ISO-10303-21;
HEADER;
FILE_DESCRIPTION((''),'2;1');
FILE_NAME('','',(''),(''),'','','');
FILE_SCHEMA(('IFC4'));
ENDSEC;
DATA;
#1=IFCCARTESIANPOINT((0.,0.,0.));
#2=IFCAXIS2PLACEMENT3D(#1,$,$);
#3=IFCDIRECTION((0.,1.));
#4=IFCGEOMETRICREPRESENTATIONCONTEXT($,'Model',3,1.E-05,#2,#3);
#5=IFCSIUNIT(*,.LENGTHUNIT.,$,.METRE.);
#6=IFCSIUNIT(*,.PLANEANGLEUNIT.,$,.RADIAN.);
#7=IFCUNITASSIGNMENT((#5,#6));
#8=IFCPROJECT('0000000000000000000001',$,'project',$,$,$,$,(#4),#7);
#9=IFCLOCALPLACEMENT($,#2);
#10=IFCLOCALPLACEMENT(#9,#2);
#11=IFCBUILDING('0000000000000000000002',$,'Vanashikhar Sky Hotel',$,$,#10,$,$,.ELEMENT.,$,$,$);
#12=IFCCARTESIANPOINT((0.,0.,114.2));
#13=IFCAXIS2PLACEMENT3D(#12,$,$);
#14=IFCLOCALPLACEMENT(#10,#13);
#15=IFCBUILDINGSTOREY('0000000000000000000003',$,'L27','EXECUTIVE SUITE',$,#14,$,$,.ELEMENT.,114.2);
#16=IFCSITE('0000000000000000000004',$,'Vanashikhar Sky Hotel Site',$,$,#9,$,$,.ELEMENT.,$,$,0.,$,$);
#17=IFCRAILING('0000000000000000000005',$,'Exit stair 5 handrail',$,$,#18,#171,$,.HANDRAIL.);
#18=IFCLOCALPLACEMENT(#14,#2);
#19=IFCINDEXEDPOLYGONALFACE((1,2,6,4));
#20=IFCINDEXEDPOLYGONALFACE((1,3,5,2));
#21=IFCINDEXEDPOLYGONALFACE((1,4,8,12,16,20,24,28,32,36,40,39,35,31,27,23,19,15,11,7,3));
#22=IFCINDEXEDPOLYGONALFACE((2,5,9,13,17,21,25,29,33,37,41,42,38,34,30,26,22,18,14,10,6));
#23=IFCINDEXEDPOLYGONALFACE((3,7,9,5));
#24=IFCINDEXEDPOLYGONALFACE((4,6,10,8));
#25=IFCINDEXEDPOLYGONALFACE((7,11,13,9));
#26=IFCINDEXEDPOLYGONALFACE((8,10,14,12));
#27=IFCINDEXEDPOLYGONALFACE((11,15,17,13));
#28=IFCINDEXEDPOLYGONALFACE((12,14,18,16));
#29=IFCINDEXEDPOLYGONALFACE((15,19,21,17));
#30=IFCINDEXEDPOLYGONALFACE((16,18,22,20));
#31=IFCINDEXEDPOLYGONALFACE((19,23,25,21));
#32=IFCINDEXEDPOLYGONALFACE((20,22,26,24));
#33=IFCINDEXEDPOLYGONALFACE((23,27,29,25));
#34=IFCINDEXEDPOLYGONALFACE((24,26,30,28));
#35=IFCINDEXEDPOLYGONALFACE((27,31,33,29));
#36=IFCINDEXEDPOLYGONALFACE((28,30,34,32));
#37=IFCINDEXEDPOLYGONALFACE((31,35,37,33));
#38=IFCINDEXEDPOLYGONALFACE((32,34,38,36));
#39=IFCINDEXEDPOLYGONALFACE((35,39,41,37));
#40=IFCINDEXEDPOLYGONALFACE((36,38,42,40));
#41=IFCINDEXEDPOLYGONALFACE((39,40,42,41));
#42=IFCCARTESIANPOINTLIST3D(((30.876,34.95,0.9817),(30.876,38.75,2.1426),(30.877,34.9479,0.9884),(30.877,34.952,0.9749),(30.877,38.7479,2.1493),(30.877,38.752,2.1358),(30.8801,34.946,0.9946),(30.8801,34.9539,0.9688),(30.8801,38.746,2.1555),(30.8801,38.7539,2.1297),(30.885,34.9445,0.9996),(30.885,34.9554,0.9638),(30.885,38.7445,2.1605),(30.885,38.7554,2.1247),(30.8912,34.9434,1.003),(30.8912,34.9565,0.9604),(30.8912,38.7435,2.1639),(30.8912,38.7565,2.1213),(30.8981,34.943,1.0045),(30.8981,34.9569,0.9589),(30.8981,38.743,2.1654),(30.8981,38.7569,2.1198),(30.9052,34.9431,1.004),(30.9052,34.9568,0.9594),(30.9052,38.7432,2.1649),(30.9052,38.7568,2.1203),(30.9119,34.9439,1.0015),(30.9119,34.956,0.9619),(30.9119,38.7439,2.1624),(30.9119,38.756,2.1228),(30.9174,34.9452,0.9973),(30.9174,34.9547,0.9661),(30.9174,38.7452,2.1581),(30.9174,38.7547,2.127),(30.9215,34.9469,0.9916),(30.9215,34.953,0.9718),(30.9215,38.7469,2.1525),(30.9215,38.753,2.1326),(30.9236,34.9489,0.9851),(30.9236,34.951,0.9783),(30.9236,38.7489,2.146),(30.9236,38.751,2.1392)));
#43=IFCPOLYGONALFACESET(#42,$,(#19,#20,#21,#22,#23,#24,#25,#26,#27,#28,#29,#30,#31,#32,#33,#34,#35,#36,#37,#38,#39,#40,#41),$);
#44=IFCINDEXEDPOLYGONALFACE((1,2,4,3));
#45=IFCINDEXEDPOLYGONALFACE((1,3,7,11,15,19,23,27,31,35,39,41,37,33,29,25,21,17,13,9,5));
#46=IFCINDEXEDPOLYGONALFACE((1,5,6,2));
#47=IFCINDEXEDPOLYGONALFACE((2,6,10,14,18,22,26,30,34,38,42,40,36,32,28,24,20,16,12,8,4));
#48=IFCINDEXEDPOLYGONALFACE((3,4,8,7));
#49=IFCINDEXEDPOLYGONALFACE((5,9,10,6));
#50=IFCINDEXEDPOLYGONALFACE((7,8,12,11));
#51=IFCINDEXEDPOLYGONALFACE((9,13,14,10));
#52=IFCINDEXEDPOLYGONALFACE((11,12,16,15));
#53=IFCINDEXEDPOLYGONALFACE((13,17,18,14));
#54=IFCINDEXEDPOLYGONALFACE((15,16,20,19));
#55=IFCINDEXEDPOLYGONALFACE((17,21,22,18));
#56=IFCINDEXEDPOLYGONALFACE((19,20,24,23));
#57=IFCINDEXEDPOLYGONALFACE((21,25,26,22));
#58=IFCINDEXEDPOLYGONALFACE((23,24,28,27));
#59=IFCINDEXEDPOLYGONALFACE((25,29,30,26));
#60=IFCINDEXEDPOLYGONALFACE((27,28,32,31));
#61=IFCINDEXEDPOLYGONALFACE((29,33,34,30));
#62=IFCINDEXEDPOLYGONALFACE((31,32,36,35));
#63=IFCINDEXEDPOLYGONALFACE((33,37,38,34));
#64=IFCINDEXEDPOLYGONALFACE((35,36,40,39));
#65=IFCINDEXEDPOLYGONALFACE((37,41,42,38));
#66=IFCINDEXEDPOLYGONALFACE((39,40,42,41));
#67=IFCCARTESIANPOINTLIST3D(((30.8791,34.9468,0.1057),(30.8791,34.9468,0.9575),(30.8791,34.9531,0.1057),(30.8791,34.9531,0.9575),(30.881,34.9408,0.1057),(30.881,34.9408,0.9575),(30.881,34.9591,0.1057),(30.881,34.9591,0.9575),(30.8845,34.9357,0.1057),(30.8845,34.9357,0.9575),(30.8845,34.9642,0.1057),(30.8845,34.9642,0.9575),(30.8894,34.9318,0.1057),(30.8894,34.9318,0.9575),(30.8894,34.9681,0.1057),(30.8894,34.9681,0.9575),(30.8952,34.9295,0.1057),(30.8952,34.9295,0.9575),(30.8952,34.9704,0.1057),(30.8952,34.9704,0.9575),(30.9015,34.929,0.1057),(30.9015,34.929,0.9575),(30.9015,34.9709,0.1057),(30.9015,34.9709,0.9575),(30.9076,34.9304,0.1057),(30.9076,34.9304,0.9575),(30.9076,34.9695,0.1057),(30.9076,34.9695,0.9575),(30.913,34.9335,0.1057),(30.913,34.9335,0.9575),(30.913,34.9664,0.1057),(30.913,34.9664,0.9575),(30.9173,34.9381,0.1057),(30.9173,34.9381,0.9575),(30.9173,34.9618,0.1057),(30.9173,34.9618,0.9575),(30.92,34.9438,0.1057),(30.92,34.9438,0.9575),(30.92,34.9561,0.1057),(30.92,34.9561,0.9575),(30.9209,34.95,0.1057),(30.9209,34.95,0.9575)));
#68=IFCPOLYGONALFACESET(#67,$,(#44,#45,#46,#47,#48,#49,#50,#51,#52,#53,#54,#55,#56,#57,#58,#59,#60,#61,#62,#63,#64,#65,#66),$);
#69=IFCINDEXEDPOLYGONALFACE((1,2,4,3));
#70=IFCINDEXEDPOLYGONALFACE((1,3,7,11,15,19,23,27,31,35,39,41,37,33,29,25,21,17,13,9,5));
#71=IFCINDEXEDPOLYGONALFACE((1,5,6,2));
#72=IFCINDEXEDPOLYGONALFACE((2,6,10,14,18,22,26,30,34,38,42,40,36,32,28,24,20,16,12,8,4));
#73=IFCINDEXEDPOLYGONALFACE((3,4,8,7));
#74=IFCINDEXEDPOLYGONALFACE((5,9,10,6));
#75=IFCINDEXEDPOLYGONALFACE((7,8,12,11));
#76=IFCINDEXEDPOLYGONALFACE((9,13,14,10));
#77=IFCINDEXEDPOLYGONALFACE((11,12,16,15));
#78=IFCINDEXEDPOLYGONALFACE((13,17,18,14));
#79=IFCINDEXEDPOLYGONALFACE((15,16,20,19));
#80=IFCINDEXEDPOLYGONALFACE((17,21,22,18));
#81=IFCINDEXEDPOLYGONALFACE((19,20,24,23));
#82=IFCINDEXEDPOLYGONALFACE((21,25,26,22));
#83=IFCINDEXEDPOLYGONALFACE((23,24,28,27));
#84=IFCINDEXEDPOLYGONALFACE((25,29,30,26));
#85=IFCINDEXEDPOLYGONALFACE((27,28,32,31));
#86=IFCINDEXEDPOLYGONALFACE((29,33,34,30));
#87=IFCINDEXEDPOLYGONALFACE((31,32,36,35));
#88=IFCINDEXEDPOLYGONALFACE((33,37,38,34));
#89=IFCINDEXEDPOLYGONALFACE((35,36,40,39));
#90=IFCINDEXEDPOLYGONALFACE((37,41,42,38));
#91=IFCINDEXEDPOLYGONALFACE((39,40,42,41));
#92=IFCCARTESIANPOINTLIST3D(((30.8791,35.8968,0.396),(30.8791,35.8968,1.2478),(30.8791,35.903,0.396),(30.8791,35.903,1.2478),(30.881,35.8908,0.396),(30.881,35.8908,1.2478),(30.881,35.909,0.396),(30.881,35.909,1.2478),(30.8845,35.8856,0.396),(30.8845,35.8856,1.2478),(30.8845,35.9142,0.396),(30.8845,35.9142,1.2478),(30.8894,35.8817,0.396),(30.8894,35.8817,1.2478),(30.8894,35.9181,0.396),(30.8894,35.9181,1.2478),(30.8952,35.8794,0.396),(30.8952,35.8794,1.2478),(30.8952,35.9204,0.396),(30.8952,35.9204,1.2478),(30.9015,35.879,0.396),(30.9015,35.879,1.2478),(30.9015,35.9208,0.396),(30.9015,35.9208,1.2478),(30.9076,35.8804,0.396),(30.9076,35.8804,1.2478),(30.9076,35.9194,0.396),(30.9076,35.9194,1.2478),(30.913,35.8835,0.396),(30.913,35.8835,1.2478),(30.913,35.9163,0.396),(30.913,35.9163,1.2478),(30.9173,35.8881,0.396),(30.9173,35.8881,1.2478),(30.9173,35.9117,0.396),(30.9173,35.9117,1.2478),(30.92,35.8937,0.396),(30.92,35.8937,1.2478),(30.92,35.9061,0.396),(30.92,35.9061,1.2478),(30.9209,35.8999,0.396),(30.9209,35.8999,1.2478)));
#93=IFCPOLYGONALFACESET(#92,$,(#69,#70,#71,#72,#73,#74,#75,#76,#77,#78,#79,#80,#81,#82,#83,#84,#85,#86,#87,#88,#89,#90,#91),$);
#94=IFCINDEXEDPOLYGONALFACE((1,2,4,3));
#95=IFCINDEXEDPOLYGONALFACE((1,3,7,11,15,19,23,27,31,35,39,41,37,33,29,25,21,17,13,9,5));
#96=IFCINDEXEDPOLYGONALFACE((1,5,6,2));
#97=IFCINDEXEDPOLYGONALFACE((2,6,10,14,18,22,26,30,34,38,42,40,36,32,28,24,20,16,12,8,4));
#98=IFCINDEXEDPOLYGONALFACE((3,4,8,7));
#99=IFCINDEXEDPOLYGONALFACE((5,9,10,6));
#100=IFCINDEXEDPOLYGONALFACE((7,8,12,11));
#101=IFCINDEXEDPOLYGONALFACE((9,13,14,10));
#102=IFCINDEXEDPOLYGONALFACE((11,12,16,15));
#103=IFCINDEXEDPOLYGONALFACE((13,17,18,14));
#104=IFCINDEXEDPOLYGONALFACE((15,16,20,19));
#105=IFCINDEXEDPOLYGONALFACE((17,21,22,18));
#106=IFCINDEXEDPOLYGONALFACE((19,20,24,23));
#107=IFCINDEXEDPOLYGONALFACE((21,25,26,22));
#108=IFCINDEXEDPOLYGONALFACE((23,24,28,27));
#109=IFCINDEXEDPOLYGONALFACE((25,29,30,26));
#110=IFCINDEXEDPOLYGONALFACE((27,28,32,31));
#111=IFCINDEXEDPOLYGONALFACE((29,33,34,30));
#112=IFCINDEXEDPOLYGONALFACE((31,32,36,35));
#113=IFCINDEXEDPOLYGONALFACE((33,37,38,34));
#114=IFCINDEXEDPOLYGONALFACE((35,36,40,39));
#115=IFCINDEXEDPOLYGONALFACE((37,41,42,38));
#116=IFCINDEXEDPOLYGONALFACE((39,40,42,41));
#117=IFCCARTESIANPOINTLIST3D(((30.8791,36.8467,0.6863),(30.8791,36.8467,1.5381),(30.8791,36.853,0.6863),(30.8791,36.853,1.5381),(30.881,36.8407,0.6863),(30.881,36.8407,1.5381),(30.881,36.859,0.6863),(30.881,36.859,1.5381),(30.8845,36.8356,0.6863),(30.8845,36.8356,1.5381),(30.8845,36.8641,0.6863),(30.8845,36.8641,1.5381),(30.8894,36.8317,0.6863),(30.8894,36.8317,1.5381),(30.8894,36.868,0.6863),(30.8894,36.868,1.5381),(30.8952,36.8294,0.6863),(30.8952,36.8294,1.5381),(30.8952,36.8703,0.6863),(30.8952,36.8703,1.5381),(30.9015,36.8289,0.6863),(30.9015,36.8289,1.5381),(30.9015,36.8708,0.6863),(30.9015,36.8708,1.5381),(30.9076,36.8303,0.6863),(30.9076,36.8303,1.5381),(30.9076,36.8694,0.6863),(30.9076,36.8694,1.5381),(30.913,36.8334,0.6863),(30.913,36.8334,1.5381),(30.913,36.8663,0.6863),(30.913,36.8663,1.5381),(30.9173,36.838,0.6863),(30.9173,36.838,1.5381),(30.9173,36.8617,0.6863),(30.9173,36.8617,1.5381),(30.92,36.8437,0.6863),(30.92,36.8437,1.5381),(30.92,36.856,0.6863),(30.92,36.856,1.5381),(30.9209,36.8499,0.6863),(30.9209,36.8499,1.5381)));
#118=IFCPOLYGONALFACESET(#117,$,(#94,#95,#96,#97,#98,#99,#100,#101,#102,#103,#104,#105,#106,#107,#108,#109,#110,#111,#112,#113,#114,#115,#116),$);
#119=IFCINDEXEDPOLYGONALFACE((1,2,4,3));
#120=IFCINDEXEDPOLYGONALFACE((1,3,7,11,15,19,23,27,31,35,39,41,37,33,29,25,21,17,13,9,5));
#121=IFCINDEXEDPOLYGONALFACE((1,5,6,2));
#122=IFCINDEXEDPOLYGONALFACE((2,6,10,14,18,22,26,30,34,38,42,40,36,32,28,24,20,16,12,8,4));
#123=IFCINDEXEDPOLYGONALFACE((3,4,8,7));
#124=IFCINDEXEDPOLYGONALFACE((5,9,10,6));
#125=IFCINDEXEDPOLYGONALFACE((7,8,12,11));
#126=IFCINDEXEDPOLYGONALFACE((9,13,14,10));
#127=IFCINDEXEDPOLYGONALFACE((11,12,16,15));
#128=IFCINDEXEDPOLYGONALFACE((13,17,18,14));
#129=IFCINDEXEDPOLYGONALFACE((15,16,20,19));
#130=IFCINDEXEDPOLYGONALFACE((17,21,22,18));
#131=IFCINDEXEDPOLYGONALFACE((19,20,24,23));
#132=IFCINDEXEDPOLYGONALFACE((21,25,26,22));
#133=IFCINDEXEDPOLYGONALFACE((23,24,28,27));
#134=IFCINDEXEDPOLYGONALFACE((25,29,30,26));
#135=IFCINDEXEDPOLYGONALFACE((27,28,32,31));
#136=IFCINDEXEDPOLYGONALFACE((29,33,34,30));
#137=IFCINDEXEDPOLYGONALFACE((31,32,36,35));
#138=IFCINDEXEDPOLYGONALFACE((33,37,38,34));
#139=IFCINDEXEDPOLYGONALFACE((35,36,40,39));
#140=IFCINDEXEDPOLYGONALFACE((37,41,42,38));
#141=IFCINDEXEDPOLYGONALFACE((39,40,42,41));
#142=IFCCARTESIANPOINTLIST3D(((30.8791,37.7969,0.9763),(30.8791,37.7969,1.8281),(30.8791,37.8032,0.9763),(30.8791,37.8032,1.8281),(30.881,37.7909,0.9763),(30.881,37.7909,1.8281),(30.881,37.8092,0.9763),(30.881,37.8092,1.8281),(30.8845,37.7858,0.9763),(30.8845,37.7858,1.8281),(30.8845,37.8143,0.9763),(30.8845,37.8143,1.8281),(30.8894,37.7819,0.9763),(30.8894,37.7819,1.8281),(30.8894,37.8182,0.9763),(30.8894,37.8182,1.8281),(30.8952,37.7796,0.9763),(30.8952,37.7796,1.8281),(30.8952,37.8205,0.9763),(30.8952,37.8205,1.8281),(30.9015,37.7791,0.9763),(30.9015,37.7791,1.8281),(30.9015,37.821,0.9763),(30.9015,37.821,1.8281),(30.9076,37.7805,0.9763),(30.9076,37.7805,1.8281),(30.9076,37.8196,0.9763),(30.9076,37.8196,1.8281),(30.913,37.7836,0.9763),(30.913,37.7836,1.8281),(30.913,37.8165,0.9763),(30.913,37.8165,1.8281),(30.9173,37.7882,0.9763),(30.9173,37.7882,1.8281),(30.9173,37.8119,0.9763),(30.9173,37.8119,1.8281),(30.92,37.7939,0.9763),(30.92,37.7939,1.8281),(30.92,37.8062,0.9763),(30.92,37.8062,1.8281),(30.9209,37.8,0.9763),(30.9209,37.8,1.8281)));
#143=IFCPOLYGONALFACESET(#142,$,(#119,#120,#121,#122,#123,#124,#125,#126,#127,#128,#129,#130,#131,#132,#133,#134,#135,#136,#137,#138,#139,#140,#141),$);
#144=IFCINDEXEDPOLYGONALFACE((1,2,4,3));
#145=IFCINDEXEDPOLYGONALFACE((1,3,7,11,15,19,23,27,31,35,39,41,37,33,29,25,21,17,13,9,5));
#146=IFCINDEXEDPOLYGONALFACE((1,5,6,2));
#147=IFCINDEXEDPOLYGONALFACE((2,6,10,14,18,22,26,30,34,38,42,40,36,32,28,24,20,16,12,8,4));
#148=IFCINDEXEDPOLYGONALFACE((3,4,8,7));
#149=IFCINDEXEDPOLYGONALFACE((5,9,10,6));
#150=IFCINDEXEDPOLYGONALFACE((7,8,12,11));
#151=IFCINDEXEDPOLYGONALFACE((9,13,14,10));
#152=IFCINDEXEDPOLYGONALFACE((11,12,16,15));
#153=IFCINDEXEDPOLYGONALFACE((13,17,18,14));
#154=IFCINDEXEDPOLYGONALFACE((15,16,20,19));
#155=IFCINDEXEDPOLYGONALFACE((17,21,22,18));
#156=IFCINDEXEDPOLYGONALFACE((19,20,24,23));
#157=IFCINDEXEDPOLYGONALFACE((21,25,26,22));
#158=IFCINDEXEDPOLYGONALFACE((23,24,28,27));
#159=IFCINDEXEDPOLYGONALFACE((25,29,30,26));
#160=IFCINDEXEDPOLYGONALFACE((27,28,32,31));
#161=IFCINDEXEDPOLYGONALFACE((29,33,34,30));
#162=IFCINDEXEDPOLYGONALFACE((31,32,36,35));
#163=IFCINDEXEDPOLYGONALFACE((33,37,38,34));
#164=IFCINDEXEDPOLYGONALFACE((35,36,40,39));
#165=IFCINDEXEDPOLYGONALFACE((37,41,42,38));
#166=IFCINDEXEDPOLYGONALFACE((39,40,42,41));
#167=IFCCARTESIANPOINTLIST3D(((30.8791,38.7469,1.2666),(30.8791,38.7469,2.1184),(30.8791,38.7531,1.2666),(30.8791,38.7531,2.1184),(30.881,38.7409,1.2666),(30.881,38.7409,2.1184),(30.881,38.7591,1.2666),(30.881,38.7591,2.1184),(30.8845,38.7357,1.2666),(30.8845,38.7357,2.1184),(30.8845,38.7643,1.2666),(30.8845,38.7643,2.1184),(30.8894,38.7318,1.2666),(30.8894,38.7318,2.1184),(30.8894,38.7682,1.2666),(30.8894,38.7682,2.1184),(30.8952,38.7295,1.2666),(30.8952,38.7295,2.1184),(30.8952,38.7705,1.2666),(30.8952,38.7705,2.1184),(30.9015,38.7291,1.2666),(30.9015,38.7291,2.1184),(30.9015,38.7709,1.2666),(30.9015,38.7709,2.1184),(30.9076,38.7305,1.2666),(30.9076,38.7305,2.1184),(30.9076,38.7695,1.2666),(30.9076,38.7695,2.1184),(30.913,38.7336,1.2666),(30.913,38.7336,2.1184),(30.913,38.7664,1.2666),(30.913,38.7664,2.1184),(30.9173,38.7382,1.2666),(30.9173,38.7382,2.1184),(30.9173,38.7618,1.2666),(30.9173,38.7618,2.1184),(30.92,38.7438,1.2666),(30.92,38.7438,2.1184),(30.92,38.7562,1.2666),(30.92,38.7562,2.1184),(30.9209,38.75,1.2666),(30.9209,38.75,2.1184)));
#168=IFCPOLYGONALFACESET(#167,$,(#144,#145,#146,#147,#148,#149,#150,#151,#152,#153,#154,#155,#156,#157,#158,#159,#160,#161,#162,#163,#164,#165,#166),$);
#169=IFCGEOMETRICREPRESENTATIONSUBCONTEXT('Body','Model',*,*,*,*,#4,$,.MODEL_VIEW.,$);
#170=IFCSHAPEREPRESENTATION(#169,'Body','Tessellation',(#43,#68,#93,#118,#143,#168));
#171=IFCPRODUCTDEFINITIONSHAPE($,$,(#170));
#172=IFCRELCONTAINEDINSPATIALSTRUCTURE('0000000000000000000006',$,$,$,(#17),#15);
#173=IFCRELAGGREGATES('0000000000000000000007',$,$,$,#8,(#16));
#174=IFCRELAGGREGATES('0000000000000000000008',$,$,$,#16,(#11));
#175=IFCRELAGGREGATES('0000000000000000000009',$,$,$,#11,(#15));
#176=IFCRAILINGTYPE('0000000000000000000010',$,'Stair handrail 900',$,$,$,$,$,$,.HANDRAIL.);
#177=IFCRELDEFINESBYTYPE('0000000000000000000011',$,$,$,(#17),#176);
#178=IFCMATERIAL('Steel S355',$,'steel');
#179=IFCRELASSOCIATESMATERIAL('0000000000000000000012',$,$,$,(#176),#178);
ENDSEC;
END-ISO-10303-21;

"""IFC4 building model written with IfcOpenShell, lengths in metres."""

from ifc_helpers import new_model, si_unit, direction, frame, origin, origin_2d, place, context, subcontext, project, spatial, circle, extrude, source, transform, mapped, material, type_object, element, save


model = new_model("IFC4")

# Units and contexts
model_context = context("Model", 3, precision=1e-05, world=origin(), true_north=direction((0.0, 1.0)))
body_context = subcontext(model_context, "Body", "Model", "MODEL_VIEW")
ifc_project = project(units=[si_unit("LENGTHUNIT", "METRE"), si_unit("PLANEANGLEUNIT", "RADIAN")], contexts=[model_context])

# Site, building, storey
site_placement = place(None, origin())
site = spatial("IfcSite", under=ifc_project, at=site_placement, Name="Vanashikhar Sky Hotel Site", CompositionType="ELEMENT", RefElevation=0.0)
building_placement = place(site_placement, origin())
building = spatial("IfcBuilding", under=site, at=building_placement, Name="Vanashikhar Sky Hotel", CompositionType="ELEMENT")
storey_placement = place(building_placement, frame((0.0, 0.0, 114.2)))
storey = spatial("IfcBuildingStorey", under=building, at=storey_placement, Name="L27", Description="EXECUTIVE SUITE", CompositionType="ELEMENT", Elevation=114.2)

# Railing
ifc_material_1 = material(Name="Steel S355", Category="steel")
railing_type_1 = type_object("IfcRailingType", Name="Stair handrail 900", PredefinedType="HANDRAIL", material=ifc_material_1)
shared_shape_1 = source(origin(), body_context, "Body", "SweptSolid", [
    extrude(circle(Radius=0.0239, at=origin_2d()), frame((0.0, 0.0, 0.876), z_axis=(0.0, 0.956368, 0.292164), x_axis=(-1.0, 0.0, 0.0)), (0.0, 0.0, 1.0), 3.9734),
    extrude(circle(Radius=0.021, at=origin_2d()), origin(), (0.0, 0.0, 1.0), 0.8518),
    extrude(circle(Radius=0.021, at=origin_2d()), frame((0.0, 0.95, 0.2903)), (0.0, 0.0, 1.0), 0.8518),
    extrude(circle(Radius=0.021, at=origin_2d()), frame((0.0, 1.8999, 0.5806)), (0.0, 0.0, 1.0), 0.8518),
    extrude(circle(Radius=0.021, at=origin_2d()), frame((0.0, 2.8501, 0.8706)), (0.0, 0.0, 1.0), 0.8518),
    extrude(circle(Radius=0.021, at=origin_2d()), frame((0.0, 3.8, 1.1609)), (0.0, 0.0, 1.0), 0.8518),
])
for number, where, name in (
    (1, (30.8999, 34.95, 0.1057), "Exit stair 5 handrail"),
):
    element("IfcRailing", number, at=place(storey_placement, frame(where)), inside=storey, type_object=railing_type_1, Name=name, PredefinedType="HANDRAIL", context=body_context, shape_type="MappedRepresentation", body=[
        mapped(shared_shape_1, transform((0.0, 0.0, 0.0), scale=1.0)),
    ])

save(model, "model.ifc")
